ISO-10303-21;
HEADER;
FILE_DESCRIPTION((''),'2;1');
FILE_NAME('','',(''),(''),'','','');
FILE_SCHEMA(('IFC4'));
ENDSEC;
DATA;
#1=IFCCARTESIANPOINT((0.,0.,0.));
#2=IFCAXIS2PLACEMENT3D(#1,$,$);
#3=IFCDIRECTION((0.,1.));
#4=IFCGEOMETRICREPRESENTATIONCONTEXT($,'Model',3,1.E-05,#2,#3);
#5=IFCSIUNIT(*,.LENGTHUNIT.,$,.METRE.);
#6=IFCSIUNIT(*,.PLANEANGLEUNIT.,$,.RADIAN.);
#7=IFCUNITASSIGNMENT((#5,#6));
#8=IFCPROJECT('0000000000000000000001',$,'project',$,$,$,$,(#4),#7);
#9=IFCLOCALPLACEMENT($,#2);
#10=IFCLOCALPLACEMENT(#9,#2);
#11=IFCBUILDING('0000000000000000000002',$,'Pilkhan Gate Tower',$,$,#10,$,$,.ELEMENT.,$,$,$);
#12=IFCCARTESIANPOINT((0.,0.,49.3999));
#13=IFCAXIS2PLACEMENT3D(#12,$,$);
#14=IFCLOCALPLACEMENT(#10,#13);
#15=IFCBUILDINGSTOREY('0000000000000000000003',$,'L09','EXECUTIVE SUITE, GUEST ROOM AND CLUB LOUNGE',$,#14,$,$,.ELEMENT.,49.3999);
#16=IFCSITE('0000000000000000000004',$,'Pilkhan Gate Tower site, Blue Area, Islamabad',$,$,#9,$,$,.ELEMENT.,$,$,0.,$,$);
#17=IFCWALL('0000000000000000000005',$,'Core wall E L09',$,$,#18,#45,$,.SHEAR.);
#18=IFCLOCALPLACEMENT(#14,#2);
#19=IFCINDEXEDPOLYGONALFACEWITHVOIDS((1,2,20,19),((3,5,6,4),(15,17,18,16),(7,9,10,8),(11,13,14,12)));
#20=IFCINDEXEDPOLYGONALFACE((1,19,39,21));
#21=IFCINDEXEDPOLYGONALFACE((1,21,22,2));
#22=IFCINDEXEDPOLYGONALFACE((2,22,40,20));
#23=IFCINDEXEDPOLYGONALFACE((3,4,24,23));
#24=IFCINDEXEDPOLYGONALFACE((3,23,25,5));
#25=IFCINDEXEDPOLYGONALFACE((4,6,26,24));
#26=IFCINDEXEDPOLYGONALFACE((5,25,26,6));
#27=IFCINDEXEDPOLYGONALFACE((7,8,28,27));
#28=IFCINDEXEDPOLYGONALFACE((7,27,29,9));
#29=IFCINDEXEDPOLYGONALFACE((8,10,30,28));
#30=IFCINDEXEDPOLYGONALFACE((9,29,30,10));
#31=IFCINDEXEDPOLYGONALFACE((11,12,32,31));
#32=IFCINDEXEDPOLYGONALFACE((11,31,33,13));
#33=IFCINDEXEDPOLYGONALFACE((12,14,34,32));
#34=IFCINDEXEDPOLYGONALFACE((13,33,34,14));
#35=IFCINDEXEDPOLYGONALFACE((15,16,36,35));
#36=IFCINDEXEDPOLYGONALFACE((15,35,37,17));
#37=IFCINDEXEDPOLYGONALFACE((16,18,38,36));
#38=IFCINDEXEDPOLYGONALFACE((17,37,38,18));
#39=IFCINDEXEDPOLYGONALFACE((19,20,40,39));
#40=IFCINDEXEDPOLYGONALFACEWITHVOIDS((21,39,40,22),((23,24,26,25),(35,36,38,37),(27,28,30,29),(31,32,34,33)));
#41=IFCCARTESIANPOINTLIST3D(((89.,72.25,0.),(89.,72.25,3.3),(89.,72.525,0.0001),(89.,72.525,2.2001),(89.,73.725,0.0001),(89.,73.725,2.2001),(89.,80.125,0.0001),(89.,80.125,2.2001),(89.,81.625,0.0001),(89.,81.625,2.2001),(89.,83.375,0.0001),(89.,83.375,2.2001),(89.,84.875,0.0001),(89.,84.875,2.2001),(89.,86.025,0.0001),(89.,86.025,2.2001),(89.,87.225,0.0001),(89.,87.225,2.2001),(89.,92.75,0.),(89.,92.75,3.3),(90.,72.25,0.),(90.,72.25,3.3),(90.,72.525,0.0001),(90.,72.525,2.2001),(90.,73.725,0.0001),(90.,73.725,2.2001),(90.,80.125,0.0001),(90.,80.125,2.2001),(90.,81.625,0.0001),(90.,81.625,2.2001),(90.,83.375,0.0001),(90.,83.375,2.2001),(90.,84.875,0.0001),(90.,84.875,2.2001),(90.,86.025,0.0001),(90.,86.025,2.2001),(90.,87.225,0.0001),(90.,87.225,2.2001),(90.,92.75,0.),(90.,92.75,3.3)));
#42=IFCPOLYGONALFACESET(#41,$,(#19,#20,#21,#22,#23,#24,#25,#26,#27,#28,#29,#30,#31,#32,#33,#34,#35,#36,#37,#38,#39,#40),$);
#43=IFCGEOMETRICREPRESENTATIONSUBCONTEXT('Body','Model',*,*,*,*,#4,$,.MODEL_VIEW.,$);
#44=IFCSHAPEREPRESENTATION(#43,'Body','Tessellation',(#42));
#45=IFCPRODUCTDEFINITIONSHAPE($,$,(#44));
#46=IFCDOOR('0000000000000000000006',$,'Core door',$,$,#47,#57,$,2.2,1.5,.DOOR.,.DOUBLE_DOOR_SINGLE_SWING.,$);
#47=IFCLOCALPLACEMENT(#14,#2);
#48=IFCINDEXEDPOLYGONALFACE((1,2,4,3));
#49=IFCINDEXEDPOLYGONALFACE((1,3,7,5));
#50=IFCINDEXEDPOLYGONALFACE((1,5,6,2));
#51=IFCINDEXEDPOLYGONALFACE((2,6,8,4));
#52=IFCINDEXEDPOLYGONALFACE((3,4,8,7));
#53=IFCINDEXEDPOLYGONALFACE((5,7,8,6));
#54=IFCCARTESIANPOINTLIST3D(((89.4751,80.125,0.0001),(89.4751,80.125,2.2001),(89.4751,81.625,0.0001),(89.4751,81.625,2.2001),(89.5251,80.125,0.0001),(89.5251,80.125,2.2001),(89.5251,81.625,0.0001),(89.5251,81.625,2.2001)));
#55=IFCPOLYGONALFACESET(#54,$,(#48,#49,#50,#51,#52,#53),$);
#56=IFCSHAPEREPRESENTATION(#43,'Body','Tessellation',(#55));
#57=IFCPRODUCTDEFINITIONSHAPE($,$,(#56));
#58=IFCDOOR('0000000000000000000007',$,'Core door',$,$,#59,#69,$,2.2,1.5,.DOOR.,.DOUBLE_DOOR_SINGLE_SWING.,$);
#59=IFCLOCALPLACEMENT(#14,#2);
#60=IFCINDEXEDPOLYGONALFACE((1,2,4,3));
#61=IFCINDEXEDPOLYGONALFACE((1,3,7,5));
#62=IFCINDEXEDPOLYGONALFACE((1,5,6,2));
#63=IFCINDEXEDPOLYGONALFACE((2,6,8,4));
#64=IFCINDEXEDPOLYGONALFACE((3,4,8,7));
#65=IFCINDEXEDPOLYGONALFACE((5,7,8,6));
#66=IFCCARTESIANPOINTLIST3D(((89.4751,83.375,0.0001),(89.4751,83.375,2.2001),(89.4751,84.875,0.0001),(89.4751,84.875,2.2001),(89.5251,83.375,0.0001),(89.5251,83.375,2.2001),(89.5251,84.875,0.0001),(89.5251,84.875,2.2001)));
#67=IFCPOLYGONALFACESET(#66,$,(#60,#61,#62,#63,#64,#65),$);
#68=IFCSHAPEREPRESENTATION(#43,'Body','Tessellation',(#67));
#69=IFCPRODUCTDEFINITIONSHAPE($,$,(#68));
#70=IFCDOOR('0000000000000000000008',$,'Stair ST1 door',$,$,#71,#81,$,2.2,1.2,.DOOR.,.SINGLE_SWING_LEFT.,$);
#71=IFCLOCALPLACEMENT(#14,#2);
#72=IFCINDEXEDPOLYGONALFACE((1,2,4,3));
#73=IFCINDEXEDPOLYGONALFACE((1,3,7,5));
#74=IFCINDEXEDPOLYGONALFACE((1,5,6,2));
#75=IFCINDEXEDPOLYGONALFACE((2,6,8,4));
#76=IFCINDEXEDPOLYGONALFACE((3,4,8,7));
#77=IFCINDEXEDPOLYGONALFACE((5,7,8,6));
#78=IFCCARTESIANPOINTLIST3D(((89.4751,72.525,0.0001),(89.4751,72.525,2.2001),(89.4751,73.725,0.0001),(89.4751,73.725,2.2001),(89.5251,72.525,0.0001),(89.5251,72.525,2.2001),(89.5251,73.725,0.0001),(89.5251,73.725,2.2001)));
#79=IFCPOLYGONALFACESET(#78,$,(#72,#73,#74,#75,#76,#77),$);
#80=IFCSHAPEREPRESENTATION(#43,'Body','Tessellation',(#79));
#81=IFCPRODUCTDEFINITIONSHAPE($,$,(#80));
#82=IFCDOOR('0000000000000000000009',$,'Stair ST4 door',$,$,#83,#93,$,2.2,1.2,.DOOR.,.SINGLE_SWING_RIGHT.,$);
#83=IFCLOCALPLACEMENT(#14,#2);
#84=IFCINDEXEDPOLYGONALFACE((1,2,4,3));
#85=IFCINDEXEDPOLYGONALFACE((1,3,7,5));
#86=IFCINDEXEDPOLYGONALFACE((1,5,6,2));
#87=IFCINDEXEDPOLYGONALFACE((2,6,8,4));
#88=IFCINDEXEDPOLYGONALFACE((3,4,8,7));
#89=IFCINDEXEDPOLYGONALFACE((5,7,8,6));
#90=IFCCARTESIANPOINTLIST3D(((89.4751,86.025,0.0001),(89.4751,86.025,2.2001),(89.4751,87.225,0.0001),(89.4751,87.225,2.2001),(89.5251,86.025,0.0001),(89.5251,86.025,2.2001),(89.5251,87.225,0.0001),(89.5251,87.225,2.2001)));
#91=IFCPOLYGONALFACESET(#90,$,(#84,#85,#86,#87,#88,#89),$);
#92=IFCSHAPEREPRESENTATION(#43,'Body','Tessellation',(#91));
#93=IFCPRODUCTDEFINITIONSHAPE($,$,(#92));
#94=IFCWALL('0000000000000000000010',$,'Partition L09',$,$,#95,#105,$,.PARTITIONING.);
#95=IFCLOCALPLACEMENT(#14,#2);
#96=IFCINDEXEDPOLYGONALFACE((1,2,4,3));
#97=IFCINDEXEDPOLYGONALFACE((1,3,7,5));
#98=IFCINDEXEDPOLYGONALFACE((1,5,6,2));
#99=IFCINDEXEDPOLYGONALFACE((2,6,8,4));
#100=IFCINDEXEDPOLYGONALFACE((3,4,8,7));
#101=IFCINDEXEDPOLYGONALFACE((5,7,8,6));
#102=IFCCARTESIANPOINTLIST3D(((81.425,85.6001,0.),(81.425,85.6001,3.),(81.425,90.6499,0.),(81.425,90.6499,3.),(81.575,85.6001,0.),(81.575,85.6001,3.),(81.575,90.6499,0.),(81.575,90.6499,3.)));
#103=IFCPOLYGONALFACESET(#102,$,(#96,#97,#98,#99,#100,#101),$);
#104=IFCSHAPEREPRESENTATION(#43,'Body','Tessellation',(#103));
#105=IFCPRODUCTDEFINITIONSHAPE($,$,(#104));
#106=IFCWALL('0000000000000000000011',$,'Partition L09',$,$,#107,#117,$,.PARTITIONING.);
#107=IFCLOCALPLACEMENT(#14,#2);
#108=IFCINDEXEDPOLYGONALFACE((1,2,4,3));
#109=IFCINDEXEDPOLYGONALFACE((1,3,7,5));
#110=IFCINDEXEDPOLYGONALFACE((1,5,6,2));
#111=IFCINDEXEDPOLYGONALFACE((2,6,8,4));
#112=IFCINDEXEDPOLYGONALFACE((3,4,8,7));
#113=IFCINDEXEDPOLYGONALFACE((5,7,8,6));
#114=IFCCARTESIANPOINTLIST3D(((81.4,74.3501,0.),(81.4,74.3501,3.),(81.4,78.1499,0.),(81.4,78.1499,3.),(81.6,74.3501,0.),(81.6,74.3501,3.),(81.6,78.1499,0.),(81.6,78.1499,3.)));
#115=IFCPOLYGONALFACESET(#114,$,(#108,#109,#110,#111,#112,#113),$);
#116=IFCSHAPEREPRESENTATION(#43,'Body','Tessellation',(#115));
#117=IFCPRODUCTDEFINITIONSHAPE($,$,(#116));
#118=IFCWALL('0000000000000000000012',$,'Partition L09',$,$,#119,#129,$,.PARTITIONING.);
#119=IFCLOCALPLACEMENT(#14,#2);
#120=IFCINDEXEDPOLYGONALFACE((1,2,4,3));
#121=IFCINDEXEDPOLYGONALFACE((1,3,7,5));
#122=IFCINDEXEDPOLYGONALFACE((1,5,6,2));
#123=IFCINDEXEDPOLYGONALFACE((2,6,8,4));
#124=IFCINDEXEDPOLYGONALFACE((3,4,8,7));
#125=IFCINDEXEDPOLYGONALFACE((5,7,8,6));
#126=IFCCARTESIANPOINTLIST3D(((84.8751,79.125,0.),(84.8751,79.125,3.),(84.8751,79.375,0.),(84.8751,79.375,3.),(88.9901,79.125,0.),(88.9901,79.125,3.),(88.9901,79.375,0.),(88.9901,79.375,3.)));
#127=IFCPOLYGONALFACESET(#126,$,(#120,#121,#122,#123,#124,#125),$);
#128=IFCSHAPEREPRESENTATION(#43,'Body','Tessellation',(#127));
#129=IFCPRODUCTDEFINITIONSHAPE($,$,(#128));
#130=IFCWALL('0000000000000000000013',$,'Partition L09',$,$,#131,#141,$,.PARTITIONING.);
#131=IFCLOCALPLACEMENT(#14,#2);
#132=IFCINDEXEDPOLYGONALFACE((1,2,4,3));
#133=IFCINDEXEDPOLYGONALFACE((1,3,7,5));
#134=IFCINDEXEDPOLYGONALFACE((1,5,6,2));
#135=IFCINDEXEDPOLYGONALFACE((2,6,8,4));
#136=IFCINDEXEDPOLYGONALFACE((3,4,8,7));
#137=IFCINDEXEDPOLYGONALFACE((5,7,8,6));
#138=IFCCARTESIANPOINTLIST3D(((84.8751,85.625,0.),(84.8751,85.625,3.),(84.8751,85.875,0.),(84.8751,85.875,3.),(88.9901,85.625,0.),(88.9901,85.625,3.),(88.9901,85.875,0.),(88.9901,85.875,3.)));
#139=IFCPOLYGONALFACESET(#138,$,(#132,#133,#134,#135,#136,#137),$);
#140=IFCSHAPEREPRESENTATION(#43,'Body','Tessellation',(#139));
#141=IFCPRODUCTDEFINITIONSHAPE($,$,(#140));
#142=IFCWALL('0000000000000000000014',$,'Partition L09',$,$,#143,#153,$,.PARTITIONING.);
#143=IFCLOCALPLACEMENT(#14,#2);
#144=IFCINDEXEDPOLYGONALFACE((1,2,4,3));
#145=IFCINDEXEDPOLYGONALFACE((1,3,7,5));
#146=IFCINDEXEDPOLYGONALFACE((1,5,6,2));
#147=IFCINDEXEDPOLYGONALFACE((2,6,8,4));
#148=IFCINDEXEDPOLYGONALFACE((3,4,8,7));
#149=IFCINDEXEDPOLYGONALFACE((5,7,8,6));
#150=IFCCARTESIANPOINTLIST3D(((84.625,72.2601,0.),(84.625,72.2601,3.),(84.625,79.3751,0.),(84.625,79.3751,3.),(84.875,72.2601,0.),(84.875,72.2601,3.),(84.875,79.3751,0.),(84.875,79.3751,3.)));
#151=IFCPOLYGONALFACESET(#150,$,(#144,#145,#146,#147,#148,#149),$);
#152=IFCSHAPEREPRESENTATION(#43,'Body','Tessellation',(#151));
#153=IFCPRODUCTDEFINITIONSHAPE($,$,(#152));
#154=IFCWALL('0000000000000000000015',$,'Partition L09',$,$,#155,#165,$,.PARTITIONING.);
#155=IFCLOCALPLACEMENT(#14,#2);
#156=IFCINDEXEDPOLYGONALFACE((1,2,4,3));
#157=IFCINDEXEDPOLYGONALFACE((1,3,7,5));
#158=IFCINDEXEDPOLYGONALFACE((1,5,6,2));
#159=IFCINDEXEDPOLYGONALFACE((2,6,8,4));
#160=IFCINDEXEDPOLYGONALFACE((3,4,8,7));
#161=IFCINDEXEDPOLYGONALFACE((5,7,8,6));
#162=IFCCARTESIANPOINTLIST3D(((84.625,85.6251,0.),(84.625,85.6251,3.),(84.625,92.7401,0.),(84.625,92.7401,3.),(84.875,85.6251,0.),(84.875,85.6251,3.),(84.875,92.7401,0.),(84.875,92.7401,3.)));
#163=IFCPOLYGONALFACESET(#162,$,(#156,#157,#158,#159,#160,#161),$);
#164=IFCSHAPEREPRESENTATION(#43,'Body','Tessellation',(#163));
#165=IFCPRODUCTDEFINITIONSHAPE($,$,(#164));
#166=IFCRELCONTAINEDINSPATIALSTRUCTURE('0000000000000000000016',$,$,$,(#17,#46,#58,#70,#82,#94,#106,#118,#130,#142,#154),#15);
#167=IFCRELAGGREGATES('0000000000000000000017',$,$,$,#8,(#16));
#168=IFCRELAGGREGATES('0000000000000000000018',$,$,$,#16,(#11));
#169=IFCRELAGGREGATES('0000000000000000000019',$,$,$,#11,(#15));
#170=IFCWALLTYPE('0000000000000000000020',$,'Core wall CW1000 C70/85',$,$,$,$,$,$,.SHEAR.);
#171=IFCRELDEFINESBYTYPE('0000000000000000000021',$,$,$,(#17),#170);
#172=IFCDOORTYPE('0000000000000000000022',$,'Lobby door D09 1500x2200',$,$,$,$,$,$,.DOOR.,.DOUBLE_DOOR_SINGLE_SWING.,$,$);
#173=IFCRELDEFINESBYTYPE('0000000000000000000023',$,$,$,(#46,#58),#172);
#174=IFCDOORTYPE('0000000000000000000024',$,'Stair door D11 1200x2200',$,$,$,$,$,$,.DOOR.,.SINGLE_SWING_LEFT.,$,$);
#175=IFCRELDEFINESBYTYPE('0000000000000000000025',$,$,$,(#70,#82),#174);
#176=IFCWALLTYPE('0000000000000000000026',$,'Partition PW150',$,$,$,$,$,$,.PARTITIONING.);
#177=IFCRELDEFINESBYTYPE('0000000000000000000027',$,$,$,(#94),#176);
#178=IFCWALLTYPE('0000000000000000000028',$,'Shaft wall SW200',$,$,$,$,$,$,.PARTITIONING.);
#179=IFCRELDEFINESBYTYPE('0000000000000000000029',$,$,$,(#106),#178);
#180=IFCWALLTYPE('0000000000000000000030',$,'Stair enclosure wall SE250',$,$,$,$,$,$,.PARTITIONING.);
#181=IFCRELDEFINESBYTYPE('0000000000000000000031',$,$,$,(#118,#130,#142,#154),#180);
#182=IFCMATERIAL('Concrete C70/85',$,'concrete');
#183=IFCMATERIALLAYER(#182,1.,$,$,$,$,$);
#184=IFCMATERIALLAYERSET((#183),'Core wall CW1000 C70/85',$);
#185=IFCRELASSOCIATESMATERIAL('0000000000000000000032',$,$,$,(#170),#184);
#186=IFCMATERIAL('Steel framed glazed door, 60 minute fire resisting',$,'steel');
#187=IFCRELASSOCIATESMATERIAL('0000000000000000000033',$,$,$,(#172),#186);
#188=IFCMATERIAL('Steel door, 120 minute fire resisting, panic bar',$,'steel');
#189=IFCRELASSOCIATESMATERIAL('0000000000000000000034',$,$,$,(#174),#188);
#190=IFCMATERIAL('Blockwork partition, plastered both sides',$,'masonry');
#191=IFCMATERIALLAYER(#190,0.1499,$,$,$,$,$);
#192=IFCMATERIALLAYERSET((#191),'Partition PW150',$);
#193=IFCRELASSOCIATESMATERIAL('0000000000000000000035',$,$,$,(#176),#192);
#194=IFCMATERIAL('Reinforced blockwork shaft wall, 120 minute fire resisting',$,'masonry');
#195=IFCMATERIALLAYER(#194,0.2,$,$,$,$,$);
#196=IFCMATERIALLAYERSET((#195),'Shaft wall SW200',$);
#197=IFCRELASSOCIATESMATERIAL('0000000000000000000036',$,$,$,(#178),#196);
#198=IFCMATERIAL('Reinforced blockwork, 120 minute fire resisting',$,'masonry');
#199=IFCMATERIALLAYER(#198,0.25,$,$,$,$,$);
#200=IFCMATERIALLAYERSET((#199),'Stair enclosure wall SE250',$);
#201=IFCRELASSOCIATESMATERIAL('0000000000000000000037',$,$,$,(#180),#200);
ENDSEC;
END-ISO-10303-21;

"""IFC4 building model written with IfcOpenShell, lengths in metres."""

from ifc_helpers import new_model, si_unit, direction, frame, frame_2d, origin, place, context, subcontext, project, spatial, rectangle, extrude, material, layer, layer_set, type_object, element, fill, save


model = new_model("IFC4")

# Units and contexts
model_context = context("Model", 3, precision=1e-05, world=origin(), true_north=direction((0.0, 1.0)))
body_context = subcontext(model_context, "Body", "Model", "MODEL_VIEW")
ifc_project = project(units=[si_unit("LENGTHUNIT", "METRE"), si_unit("PLANEANGLEUNIT", "RADIAN")], contexts=[model_context])

# Site, building, storey
site_placement = place(None, origin())
site = spatial("IfcSite", under=ifc_project, at=site_placement, Name="Pilkhan Gate Tower site, Blue Area, Islamabad", CompositionType="ELEMENT", RefElevation=0.0)
building_placement = place(site_placement, origin())
building = spatial("IfcBuilding", under=site, at=building_placement, Name="Pilkhan Gate Tower", CompositionType="ELEMENT")
storey_placement = place(building_placement, frame((0.0, 0.0, 49.3999)))
storey = spatial("IfcBuildingStorey", under=building, at=storey_placement, Name="L09", Description="EXECUTIVE SUITE, GUEST ROOM AND CLUB LOUNGE", CompositionType="ELEMENT", Elevation=49.3999)

# Wall, openings, doors
ifc_material_1 = material(Name="Concrete C70/85", Category="concrete")
ifc_layer_1 = layer(ifc_material_1, 1.0)
ifc_layer_set_1 = layer_set([ifc_layer_1], Name="Core wall CW1000 C70/85")
wall_type_1 = type_object("IfcWallType", Name="Core wall CW1000 C70/85", PredefinedType="SHEAR", material=ifc_layer_set_1)
wall_1_placement = place(storey_placement, frame((89.5, 72.25, 0.0), z_axis=(0.0, 0.0, 1.0), x_axis=(0.0, 1.0, 0.0)))
wall_1 = element("IfcWall", 1, at=wall_1_placement, inside=storey, type_object=wall_type_1, Name="Core wall E L09", PredefinedType="SHEAR", context=body_context, shape_type="SweptSolid", body=[
    extrude(rectangle(XDim=20.5, YDim=1.0, at=frame_2d((10.25, 0.0))), origin(), (0.0, 0.0, 1.0), 3.3),
])
opening_1_placement = place(wall_1_placement, frame((0.2749, 0.0, 0.0)))
opening_1 = element("IfcOpeningElement", 2, at=opening_1_placement, cuts=wall_1, PredefinedType="OPENING", context=body_context, shape_type="SweptSolid", body=[
    extrude(rectangle(XDim=1.2, YDim=2.2, at=frame_2d((0.6001, 1.1001))), frame((0.0, 0.51, 0.0), z_axis=(0.0, -1.0, 0.0), x_axis=(1.0, 0.0, 0.0)), (0.0, 0.0, 1.0), 1.02),
])
opening_2_placement = place(wall_1_placement, frame((13.7749, 0.0, 0.0)))
opening_2 = element("IfcOpeningElement", 3, at=opening_2_placement, cuts=wall_1, PredefinedType="OPENING", context=body_context, shape_type="SweptSolid", body=[
    extrude(rectangle(XDim=1.2, YDim=2.2, at=frame_2d((0.6001, 1.1001))), frame((0.0, 0.51, 0.0), z_axis=(0.0, -1.0, 0.0), x_axis=(1.0, 0.0, 0.0)), (0.0, 0.0, 1.0), 1.02),
])
opening_3_placement = place(wall_1_placement, frame((7.875, 0.0, 0.0)))
opening_3 = element("IfcOpeningElement", 4, at=opening_3_placement, cuts=wall_1, PredefinedType="OPENING", context=body_context, shape_type="SweptSolid", body=[
    extrude(rectangle(XDim=1.5, YDim=2.2, at=frame_2d((0.75, 1.1001))), frame((0.0, 0.51, 0.0), z_axis=(0.0, -1.0, 0.0), x_axis=(1.0, 0.0, 0.0)), (0.0, 0.0, 1.0), 1.02),
])
opening_4_placement = place(wall_1_placement, frame((11.125, 0.0, 0.0)))
opening_4 = element("IfcOpeningElement", 5, at=opening_4_placement, cuts=wall_1, PredefinedType="OPENING", context=body_context, shape_type="SweptSolid", body=[
    extrude(rectangle(XDim=1.5, YDim=2.2, at=frame_2d((0.75, 1.1001))), frame((0.0, 0.51, 0.0), z_axis=(0.0, -1.0, 0.0), x_axis=(1.0, 0.0, 0.0)), (0.0, 0.0, 1.0), 1.02),
])
ifc_material_2 = material(Name="Steel framed glazed door, 60 minute fire resisting", Category="steel")
door_type_1 = type_object("IfcDoorType", Name="Lobby door D09 1500x2200", OperationType="DOUBLE_DOOR_SINGLE_SWING", PredefinedType="DOOR", material=ifc_material_2)
door_1_placement = place(opening_3_placement, origin())
door_1 = element("IfcDoor", 6, at=door_1_placement, inside=storey, type_object=door_type_1, Name="Core door", OperationType="DOUBLE_DOOR_SINGLE_SWING", OverallHeight=2.2, OverallWidth=1.5, PredefinedType="DOOR", context=body_context, shape_type="SweptSolid", body=[
    extrude(rectangle(XDim=1.5, YDim=2.2, at=frame_2d((0.75, 1.1001))), frame((0.0, 0.0249, 0.0), z_axis=(0.0, -1.0, 0.0), x_axis=(1.0, 0.0, 0.0)), (0.0, 0.0, 1.0), 0.05),
])
fill(opening_3, door_1)
door_2_placement = place(opening_4_placement, origin())
door_2 = element("IfcDoor", 7, at=door_2_placement, inside=storey, type_object=door_type_1, Name="Core door", OperationType="DOUBLE_DOOR_SINGLE_SWING", OverallHeight=2.2, OverallWidth=1.5, PredefinedType="DOOR", context=body_context, shape_type="SweptSolid", body=[
    extrude(rectangle(XDim=1.5, YDim=2.2, at=frame_2d((0.75, 1.1001))), frame((0.0, 0.0249, 0.0), z_axis=(0.0, -1.0, 0.0), x_axis=(1.0, 0.0, 0.0)), (0.0, 0.0, 1.0), 0.05),
])
fill(opening_4, door_2)
ifc_material_3 = material(Name="Steel door, 120 minute fire resisting, panic bar", Category="steel")
door_type_2 = type_object("IfcDoorType", Name="Stair door D11 1200x2200", OperationType="SINGLE_SWING_LEFT", PredefinedType="DOOR", material=ifc_material_3)
door_3_placement = place(opening_1_placement, origin())
door_3 = element("IfcDoor", 8, at=door_3_placement, inside=storey, type_object=door_type_2, Name="Stair ST1 door", OperationType="SINGLE_SWING_LEFT", OverallHeight=2.2, OverallWidth=1.2, PredefinedType="DOOR", context=body_context, shape_type="SweptSolid", body=[
    extrude(rectangle(XDim=1.2, YDim=2.2, at=frame_2d((0.6001, 1.1001))), frame((0.0, 0.0249, 0.0), z_axis=(0.0, -1.0, 0.0), x_axis=(1.0, 0.0, 0.0)), (0.0, 0.0, 1.0), 0.05),
])
fill(opening_1, door_3)
door_4_placement = place(opening_2_placement, origin())
door_4 = element("IfcDoor", 9, at=door_4_placement, inside=storey, type_object=door_type_2, Name="Stair ST4 door", OperationType="SINGLE_SWING_RIGHT", OverallHeight=2.2, OverallWidth=1.2, PredefinedType="DOOR", context=body_context, shape_type="SweptSolid", body=[
    extrude(rectangle(XDim=1.2, YDim=2.2, at=frame_2d((0.6001, 1.1001))), frame((0.0, 0.0249, 0.0), z_axis=(0.0, -1.0, 0.0), x_axis=(1.0, 0.0, 0.0)), (0.0, 0.0, 1.0), 0.05),
])
fill(opening_2, door_4)

# Walls
ifc_material_4 = material(Name="Blockwork partition, plastered both sides", Category="masonry")
ifc_layer_2 = layer(ifc_material_4, 0.1499)
ifc_layer_set_2 = layer_set([ifc_layer_2], Name="Partition PW150")
wall_type_2 = type_object("IfcWallType", Name="Partition PW150", PredefinedType="PARTITIONING", material=ifc_layer_set_2)
wall_2_placement = place(storey_placement, frame((81.5, 85.6001, 0.0), z_axis=(0.0, 0.0, 1.0), x_axis=(0.0, 1.0, 0.0)))
element("IfcWall", 10, at=wall_2_placement, inside=storey, type_object=wall_type_2, Name="Partition L09", PredefinedType="PARTITIONING", context=body_context, shape_type="SweptSolid", body=[
    extrude(rectangle(XDim=5.0498, YDim=0.1499, at=frame_2d((2.5249, 0.0))), origin(), (0.0, 0.0, 1.0), 3.0),
])
ifc_material_5 = material(Name="Reinforced blockwork shaft wall, 120 minute fire resisting", Category="masonry")
ifc_layer_3 = layer(ifc_material_5, 0.2)
ifc_layer_set_3 = layer_set([ifc_layer_3], Name="Shaft wall SW200")
wall_type_3 = type_object("IfcWallType", Name="Shaft wall SW200", PredefinedType="PARTITIONING", material=ifc_layer_set_3)
wall_3_placement = place(storey_placement, frame((81.5, 74.3501, 0.0), z_axis=(0.0, 0.0, 1.0), x_axis=(0.0, 1.0, 0.0)))
element("IfcWall", 11, at=wall_3_placement, inside=storey, type_object=wall_type_3, Name="Partition L09", PredefinedType="PARTITIONING", context=body_context, shape_type="SweptSolid", body=[
    extrude(rectangle(XDim=3.7998, YDim=0.2, at=frame_2d((1.8999, 0.0))), origin(), (0.0, 0.0, 1.0), 3.0),
])
ifc_material_6 = material(Name="Reinforced blockwork, 120 minute fire resisting", Category="masonry")
ifc_layer_4 = layer(ifc_material_6, 0.25)
ifc_layer_set_4 = layer_set([ifc_layer_4], Name="Stair enclosure wall SE250")
wall_type_4 = type_object("IfcWallType", Name="Stair enclosure wall SE250", PredefinedType="PARTITIONING", material=ifc_layer_set_4)
for number, where, z_axis, x_axis, name in (
    (12, (84.875, 79.25, 0.0), (0.0, 0.0, 1.0), (1.0, 0.0, 0.0), "Partition L09"),
    (13, (84.875, 85.75, 0.0), (0.0, 0.0, 1.0), (1.0, 0.0, 0.0), "Partition L09"),
):
    element("IfcWall", number, at=place(storey_placement, frame(where, z_axis=z_axis, x_axis=x_axis)), inside=storey, type_object=wall_type_4, Name=name, PredefinedType="PARTITIONING", context=body_context, shape_type="SweptSolid", body=[
        extrude(rectangle(XDim=4.115, YDim=0.25, at=frame_2d((2.0576, 0.0))), origin(), (0.0, 0.0, 1.0), 3.0),
    ])
for number, where, z_axis, x_axis, name in (
    (14, (84.75, 72.26, 0.0), (0.0, 0.0, 1.0), (0.0, 1.0, 0.0), "Partition L09"),
    (15, (84.75, 85.625, 0.0), (0.0, 0.0, 1.0), (0.0, 1.0, 0.0), "Partition L09"),
):
    element("IfcWall", number, at=place(storey_placement, frame(where, z_axis=z_axis, x_axis=x_axis)), inside=storey, type_object=wall_type_4, Name=name, PredefinedType="PARTITIONING", context=body_context, shape_type="SweptSolid", body=[
        extrude(rectangle(XDim=7.115, YDim=0.25, at=frame_2d((3.5576, 0.0))), origin(), (0.0, 0.0, 1.0), 3.0),
    ])

save(model, "model.ifc")
